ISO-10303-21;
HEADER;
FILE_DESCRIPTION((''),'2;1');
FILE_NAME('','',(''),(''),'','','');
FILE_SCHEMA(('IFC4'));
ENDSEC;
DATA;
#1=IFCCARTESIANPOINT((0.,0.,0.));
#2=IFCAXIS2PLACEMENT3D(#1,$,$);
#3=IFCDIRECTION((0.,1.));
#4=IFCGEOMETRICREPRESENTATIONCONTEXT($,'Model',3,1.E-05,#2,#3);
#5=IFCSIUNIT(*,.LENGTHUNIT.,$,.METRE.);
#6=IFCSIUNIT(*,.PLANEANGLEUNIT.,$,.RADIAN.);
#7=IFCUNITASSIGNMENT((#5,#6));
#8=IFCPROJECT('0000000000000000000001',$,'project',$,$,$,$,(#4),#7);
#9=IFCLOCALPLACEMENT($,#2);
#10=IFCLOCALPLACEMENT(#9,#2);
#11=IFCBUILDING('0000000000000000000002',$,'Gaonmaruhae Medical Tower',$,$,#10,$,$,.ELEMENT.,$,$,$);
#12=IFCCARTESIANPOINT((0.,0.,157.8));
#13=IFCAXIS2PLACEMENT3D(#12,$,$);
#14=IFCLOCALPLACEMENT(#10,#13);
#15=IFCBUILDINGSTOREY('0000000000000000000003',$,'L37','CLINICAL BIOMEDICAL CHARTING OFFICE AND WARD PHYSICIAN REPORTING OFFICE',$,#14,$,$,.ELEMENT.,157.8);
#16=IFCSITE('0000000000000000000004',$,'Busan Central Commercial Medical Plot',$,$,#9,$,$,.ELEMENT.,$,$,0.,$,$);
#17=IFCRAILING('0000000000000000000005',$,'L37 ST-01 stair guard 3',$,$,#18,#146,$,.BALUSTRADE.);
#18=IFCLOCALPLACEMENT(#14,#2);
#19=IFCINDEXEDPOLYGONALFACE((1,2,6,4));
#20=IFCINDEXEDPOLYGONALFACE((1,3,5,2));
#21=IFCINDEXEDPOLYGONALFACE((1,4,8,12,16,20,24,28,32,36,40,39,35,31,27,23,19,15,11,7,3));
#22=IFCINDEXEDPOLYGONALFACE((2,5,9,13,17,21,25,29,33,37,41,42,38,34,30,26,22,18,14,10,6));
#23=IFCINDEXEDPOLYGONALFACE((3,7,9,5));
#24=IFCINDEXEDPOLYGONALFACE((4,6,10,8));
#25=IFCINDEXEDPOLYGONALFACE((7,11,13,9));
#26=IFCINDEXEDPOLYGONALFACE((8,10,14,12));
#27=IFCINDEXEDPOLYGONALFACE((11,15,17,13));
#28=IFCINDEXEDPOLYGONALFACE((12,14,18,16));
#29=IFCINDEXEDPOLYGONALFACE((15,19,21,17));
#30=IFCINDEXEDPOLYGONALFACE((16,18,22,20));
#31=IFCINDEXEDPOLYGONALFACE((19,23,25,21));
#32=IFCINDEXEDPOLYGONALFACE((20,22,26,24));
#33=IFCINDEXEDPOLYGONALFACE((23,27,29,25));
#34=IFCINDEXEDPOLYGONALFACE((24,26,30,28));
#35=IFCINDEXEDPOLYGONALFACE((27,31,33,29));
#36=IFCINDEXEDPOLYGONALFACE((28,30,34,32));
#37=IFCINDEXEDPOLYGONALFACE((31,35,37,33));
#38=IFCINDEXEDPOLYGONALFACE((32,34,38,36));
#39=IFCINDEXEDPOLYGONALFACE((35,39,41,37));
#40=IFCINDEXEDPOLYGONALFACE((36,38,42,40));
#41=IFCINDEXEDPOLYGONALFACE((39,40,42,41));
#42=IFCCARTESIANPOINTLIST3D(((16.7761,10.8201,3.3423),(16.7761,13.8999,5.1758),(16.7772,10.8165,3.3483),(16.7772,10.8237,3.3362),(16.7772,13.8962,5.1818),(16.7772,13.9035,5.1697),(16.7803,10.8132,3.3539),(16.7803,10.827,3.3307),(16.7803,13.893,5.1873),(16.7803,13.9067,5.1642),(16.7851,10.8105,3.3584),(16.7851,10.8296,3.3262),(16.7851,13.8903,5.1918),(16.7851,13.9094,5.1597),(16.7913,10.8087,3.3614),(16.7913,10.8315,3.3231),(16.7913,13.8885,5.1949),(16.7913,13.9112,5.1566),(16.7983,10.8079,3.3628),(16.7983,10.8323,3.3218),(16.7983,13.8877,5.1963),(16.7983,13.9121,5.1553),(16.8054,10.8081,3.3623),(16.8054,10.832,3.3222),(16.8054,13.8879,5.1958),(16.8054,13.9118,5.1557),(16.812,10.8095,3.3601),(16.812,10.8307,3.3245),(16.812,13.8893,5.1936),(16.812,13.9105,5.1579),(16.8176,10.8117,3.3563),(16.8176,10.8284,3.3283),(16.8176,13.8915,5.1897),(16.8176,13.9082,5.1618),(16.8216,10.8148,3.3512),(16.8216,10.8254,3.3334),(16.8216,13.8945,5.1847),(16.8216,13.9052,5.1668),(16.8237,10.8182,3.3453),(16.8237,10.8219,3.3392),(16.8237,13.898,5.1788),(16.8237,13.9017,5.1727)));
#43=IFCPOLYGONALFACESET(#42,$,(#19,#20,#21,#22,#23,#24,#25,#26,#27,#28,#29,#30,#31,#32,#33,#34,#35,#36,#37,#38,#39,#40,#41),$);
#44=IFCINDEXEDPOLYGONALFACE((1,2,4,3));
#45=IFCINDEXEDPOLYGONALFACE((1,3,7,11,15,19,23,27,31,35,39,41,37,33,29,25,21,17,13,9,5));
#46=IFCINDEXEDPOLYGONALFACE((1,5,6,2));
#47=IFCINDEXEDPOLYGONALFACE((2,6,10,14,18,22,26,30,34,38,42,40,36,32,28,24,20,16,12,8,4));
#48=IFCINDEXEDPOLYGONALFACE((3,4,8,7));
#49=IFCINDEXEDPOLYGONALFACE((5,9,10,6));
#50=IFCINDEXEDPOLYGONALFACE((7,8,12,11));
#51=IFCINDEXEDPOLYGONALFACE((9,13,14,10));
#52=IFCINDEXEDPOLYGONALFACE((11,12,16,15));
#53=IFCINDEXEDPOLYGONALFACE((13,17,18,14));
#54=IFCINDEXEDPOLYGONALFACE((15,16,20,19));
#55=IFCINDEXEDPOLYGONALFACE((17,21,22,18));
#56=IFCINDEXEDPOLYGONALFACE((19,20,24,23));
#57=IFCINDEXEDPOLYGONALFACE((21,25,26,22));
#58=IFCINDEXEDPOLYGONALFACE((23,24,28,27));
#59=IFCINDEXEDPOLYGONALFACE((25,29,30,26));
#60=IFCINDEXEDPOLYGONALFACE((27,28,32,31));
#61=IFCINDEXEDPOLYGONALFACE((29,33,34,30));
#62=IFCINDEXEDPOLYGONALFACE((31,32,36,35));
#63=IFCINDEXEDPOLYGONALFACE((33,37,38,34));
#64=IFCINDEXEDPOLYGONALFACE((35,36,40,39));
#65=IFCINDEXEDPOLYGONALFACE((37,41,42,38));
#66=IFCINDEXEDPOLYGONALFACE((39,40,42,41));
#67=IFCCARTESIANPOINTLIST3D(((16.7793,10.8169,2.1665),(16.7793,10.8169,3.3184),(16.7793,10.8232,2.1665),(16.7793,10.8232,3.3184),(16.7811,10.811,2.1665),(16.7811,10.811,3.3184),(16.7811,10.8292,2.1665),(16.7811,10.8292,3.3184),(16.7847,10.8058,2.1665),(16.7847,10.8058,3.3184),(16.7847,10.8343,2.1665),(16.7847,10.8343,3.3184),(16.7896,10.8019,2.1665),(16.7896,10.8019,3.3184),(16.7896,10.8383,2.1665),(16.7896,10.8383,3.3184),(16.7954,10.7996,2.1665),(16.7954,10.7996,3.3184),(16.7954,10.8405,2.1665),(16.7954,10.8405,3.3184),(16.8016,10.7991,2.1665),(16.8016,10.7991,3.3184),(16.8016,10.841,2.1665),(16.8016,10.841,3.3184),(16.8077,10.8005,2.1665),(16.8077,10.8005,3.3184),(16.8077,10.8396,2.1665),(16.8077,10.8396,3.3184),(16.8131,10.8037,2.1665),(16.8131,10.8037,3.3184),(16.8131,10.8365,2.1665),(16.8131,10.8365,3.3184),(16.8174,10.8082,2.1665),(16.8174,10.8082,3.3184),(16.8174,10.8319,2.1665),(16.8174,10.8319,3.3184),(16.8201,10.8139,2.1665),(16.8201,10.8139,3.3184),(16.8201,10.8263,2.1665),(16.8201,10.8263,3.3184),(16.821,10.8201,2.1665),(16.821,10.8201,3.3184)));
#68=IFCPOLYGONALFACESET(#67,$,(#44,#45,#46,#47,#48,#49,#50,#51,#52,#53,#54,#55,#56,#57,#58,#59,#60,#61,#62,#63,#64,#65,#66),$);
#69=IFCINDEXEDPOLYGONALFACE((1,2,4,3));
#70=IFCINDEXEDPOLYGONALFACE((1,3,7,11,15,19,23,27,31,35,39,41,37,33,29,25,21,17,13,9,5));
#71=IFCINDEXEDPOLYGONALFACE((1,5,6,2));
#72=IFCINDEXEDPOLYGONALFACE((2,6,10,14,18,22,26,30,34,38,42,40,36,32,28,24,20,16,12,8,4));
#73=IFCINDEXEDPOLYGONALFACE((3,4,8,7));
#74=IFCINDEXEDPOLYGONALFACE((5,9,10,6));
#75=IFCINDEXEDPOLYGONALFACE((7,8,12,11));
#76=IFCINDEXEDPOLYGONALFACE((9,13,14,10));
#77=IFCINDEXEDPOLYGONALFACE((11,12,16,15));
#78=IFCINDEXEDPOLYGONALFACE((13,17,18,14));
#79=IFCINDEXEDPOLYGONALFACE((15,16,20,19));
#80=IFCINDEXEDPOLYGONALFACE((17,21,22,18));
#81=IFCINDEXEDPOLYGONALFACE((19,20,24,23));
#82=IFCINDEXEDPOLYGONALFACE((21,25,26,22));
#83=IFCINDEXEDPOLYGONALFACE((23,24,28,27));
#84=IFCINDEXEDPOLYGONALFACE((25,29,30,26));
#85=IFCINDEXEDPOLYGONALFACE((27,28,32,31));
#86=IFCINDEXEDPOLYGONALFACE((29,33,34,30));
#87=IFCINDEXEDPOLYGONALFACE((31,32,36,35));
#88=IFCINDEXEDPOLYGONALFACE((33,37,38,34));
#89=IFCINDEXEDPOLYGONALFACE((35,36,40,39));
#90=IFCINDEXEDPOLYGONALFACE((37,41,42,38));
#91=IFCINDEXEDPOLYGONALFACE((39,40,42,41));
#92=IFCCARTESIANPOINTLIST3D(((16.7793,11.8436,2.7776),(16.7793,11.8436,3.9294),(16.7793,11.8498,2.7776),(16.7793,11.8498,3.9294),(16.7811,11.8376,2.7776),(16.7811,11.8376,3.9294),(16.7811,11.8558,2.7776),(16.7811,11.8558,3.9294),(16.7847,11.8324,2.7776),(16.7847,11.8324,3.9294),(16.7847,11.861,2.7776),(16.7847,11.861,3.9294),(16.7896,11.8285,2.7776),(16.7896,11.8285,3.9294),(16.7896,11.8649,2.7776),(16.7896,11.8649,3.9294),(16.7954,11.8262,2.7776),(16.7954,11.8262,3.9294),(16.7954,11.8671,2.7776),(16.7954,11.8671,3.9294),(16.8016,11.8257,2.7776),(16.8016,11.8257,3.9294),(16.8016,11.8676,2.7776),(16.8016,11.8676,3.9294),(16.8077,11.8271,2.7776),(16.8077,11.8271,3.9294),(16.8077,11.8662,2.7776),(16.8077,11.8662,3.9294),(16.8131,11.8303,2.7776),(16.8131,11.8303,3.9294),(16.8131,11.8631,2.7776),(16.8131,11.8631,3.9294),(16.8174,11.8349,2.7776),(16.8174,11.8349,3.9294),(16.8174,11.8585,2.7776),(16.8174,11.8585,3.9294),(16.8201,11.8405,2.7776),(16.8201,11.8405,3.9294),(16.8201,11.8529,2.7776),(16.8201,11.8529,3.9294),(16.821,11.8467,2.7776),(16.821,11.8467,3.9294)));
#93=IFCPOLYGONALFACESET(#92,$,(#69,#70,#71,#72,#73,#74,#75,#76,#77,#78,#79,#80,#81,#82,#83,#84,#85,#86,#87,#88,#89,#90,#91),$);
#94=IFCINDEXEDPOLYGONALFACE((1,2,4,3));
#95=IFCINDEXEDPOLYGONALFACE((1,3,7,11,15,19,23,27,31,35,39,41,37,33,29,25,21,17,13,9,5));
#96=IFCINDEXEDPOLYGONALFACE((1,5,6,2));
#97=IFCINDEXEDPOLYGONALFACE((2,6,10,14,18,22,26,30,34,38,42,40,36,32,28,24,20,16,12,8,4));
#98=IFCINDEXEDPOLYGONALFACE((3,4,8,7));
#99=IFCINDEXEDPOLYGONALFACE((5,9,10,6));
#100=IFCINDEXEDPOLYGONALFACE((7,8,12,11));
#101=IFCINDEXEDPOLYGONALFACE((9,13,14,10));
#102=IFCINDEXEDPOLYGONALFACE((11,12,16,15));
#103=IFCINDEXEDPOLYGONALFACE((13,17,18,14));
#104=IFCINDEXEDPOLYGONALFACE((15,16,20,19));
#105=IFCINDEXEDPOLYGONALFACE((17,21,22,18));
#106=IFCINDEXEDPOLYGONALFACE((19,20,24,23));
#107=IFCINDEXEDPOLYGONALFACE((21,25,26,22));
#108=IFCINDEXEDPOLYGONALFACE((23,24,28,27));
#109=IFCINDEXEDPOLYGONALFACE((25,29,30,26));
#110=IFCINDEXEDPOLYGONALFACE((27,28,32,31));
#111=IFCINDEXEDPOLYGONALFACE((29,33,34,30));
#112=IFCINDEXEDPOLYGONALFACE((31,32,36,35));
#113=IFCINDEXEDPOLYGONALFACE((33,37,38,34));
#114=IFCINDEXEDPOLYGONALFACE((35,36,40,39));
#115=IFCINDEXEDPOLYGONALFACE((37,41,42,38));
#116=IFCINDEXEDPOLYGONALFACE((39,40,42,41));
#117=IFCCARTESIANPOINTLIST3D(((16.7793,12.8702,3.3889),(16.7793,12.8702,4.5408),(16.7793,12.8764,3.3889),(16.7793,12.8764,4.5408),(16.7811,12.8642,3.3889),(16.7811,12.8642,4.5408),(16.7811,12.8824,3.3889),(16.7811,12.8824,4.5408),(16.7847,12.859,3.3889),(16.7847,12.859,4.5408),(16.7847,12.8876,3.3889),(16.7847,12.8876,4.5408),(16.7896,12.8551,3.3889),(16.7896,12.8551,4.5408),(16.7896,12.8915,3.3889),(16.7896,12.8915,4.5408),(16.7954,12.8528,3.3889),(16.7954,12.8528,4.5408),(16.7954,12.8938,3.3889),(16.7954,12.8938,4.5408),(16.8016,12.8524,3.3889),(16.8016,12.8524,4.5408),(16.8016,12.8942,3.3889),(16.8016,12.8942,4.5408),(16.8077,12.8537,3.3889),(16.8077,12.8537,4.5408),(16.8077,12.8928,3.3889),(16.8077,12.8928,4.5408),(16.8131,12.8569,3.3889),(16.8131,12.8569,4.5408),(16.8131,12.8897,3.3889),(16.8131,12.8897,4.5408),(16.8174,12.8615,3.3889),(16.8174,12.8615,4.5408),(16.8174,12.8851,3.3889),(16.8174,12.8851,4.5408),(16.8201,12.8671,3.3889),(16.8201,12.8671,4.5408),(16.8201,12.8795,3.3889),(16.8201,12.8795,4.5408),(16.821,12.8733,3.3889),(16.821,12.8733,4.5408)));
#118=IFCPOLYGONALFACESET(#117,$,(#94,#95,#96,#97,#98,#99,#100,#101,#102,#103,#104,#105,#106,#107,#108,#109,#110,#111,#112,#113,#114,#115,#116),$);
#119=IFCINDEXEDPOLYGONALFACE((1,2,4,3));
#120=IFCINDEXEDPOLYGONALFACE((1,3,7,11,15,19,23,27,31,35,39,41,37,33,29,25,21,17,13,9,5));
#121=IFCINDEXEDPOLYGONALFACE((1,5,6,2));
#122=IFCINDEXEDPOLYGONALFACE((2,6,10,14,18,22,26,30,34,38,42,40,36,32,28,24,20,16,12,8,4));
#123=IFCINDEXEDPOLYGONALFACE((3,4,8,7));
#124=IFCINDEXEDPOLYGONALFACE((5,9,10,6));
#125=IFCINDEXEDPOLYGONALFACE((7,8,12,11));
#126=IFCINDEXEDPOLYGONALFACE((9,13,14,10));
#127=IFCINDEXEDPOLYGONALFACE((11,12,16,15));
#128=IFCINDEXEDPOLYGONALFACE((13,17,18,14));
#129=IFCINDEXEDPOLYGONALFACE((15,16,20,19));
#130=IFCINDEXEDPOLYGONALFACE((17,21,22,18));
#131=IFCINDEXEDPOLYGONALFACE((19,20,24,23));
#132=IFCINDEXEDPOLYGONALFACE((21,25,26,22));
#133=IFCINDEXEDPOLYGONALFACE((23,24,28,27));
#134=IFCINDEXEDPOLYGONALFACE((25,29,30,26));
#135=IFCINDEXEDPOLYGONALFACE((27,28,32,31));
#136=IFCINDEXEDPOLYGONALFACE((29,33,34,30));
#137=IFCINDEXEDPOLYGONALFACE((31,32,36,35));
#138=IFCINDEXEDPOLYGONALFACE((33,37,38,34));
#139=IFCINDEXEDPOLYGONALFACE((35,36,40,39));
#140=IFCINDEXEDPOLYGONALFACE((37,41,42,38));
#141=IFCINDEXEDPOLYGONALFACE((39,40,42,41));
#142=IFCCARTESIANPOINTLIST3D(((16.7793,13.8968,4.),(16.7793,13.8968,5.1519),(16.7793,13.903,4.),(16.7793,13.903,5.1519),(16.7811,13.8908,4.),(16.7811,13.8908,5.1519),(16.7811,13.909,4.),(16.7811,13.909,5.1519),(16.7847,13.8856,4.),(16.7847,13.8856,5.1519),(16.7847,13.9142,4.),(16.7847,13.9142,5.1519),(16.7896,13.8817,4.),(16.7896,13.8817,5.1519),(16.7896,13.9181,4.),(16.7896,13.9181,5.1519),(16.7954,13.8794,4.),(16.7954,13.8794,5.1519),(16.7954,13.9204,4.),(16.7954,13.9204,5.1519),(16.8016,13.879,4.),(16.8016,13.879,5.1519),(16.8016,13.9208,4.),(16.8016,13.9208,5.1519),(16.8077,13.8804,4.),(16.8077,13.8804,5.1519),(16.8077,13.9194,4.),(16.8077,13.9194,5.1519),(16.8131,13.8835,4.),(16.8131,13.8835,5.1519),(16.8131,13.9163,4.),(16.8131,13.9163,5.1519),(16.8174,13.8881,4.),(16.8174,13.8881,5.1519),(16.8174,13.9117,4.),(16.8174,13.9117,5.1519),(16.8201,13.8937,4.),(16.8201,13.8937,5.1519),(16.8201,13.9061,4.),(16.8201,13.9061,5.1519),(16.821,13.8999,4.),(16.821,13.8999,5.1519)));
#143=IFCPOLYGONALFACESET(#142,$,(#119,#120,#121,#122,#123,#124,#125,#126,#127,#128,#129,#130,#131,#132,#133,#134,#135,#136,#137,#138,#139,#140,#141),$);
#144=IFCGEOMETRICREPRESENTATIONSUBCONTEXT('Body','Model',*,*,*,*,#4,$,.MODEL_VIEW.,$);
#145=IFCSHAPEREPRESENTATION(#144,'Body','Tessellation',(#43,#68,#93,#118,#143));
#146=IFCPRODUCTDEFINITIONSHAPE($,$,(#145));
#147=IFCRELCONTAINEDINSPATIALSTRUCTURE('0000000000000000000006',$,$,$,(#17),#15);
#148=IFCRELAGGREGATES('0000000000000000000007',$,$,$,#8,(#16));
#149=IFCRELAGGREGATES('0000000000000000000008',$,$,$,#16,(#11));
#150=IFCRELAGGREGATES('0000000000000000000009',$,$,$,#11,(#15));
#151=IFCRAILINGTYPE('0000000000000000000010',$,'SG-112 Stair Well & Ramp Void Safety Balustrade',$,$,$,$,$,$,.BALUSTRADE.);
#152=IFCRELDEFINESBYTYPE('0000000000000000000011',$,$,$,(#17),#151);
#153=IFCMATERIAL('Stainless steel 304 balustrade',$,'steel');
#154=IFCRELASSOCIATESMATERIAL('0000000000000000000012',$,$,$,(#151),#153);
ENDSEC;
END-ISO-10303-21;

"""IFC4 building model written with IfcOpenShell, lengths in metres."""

from ifc_helpers import new_model, si_unit, direction, frame, origin, origin_2d, place, context, subcontext, project, spatial, circle, extrude, material, type_object, element, save


model = new_model("IFC4")

# Units and contexts
model_context = context("Model", 3, precision=1e-05, world=origin(), true_north=direction((0.0, 1.0)))
body_context = subcontext(model_context, "Body", "Model", "MODEL_VIEW")
ifc_project = project(units=[si_unit("LENGTHUNIT", "METRE"), si_unit("PLANEANGLEUNIT", "RADIAN")], contexts=[model_context])

# Site, building, storey
site_placement = place(None, origin())
site = spatial("IfcSite", under=ifc_project, at=site_placement, Name="Busan Central Commercial Medical Plot", CompositionType="ELEMENT", RefElevation=0.0)
building_placement = place(site_placement, origin())
building = spatial("IfcBuilding", under=site, at=building_placement, Name="Gaonmaruhae Medical Tower", CompositionType="ELEMENT")
storey_placement = place(building_placement, frame((0.0, 0.0, 157.8)))
storey = spatial("IfcBuildingStorey", under=building, at=storey_placement, Name="L37", Description="CLINICAL BIOMEDICAL CHARTING OFFICE AND WARD PHYSICIAN REPORTING OFFICE", CompositionType="ELEMENT", Elevation=157.8)

# Railing
ifc_material_1 = material(Name="Stainless steel 304 balustrade", Category="steel")
railing_type_1 = type_object("IfcRailingType", Name="SG-112 Stair Well & Ramp Void Safety Balustrade", PredefinedType="BALUSTRADE", material=ifc_material_1)
railing_1_placement = place(storey_placement, frame((16.8, 10.8201, 2.1665)))
element("IfcRailing", 1, at=railing_1_placement, inside=storey, type_object=railing_type_1, Name="L37 ST-01 stair guard 3", PredefinedType="BALUSTRADE", context=body_context, shape_type="SweptSolid", body=[
    extrude(circle(Radius=0.0239, at=origin_2d()), frame((0.0, 0.0, 1.1758), z_axis=(0.0, 0.859261, 0.511538), x_axis=(-1.0, 0.0, 0.0)), (0.0, 0.0, 1.0), 3.5842),
    extrude(circle(Radius=0.021, at=origin_2d()), origin(), (0.0, 0.0, 1.0), 1.1519),
    extrude(circle(Radius=0.021, at=origin_2d()), frame((0.0, 1.0266, 0.6111)), (0.0, 0.0, 1.0), 1.1519),
    extrude(circle(Radius=0.021, at=origin_2d()), frame((0.0, 2.0532, 1.2224)), (0.0, 0.0, 1.0), 1.1519),
    extrude(circle(Radius=0.021, at=origin_2d()), frame((0.0, 3.0798, 1.8335)), (0.0, 0.0, 1.0), 1.1519),
])

save(model, "model.ifc")
